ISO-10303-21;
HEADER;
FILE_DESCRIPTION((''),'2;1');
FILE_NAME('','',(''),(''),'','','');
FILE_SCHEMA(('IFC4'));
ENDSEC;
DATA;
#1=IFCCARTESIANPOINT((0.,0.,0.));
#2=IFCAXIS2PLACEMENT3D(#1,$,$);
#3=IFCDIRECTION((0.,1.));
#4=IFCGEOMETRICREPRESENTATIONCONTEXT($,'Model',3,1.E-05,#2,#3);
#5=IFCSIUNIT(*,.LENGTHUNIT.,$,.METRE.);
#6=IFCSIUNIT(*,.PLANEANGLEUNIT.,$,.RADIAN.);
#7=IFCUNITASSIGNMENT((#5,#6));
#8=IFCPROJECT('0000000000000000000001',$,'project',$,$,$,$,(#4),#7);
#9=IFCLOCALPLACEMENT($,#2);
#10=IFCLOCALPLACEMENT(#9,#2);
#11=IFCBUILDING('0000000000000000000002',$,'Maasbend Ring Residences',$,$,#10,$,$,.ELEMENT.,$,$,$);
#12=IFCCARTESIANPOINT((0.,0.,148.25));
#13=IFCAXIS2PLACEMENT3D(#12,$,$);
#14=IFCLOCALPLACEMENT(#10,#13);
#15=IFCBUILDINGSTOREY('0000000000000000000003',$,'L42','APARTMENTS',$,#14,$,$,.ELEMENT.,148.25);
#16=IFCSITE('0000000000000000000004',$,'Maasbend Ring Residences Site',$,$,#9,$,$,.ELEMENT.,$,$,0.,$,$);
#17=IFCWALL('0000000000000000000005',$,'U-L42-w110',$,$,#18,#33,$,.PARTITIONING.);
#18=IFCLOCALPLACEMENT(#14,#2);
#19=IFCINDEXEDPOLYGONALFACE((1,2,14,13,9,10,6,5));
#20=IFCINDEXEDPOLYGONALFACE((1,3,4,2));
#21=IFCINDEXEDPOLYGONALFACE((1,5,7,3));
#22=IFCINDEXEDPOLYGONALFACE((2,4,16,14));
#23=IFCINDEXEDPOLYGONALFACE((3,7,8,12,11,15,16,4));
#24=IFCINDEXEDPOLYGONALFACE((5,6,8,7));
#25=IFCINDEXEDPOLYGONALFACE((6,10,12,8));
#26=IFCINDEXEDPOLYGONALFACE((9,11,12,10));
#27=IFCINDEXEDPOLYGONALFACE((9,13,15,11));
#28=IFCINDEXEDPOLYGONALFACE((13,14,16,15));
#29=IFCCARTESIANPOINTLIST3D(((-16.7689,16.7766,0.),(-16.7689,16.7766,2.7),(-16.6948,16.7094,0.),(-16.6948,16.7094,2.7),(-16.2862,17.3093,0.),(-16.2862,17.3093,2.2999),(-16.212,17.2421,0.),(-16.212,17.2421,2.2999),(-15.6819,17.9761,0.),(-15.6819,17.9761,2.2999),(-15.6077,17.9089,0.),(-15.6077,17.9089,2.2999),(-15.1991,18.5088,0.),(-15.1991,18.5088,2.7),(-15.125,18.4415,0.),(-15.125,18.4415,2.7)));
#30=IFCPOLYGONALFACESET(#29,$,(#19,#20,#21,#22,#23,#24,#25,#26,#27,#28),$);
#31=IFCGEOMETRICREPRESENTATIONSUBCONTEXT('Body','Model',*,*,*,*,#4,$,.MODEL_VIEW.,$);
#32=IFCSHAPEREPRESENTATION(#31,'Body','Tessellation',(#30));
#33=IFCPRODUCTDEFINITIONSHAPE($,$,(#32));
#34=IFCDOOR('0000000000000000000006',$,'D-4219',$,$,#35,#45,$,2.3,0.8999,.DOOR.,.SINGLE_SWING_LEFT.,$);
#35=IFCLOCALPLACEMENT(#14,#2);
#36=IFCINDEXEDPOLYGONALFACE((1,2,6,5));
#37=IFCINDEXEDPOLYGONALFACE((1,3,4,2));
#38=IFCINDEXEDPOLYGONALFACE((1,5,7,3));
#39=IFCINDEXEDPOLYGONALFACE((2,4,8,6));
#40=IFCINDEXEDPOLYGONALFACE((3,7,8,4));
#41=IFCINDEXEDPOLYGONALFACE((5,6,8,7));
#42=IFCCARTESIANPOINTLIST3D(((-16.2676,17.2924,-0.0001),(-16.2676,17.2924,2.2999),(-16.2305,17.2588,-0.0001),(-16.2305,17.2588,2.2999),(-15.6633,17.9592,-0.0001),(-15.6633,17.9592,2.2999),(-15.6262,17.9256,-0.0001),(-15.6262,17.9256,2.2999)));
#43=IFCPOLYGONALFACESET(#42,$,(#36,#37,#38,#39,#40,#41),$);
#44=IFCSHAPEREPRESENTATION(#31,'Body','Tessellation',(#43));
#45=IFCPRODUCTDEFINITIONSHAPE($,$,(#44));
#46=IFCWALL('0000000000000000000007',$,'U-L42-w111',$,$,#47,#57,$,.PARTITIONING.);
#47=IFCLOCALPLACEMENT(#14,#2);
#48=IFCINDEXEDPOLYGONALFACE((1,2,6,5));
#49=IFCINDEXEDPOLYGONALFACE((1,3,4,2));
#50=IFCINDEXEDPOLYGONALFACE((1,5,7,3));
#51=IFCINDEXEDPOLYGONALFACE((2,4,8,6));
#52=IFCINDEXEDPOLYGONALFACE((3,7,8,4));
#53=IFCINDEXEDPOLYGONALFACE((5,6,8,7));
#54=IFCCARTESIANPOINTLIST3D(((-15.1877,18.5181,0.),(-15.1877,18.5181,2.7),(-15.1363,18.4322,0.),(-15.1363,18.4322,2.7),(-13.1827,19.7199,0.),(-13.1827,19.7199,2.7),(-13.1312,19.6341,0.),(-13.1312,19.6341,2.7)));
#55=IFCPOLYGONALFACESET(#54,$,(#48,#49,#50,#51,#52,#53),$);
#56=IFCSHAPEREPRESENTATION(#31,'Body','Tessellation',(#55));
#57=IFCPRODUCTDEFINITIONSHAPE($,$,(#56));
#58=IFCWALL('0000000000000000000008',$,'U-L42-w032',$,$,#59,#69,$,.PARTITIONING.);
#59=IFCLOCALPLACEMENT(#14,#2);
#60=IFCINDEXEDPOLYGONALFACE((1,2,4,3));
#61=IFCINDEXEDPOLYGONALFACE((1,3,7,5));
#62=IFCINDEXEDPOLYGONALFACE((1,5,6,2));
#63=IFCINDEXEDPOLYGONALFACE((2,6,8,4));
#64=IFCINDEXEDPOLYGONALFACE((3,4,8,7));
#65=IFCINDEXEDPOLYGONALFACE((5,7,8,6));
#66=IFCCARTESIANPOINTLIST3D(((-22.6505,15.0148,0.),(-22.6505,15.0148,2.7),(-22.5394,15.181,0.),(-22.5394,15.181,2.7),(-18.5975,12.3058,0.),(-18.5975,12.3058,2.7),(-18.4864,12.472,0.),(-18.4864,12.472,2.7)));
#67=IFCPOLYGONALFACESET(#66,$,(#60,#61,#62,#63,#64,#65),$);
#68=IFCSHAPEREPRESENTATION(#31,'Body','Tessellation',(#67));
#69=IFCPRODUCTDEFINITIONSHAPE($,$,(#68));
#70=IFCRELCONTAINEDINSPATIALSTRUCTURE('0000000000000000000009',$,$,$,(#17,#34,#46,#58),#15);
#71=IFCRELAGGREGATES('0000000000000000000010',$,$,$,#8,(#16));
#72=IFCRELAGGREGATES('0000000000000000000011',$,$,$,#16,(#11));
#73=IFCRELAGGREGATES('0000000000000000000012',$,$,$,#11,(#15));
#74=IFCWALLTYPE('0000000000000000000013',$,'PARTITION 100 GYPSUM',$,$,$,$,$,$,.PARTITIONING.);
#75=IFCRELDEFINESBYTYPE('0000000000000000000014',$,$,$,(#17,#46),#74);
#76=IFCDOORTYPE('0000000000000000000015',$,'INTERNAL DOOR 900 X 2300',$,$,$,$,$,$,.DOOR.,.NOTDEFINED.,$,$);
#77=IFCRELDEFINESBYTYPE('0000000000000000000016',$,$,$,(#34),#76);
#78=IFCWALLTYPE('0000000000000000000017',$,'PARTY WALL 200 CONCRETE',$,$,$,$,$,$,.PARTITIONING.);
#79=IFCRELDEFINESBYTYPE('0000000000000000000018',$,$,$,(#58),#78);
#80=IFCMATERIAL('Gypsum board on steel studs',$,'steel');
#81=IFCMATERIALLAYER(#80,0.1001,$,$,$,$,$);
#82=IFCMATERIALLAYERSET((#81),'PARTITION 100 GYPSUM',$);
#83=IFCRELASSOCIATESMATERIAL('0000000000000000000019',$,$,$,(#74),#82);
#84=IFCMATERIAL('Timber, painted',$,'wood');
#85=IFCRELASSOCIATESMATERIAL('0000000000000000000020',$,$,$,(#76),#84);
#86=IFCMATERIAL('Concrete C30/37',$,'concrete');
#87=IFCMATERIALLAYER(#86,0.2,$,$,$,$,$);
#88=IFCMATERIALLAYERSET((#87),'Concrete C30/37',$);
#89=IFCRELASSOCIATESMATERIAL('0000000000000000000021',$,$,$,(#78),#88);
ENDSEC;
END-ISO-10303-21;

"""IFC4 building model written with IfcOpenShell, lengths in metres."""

from ifc_helpers import new_model, si_unit, direction, frame, frame_2d, origin, place, context, subcontext, project, spatial, rectangle, extrude, material, layer, layer_set, type_object, element, fill, save


model = new_model("IFC4")

# Units and contexts
model_context = context("Model", 3, precision=1e-05, world=origin(), true_north=direction((0.0, 1.0)))
body_context = subcontext(model_context, "Body", "Model", "MODEL_VIEW")
ifc_project = project(units=[si_unit("LENGTHUNIT", "METRE"), si_unit("PLANEANGLEUNIT", "RADIAN")], contexts=[model_context])

# Site, building, storey
site_placement = place(None, origin())
site = spatial("IfcSite", under=ifc_project, at=site_placement, Name="Maasbend Ring Residences Site", CompositionType="ELEMENT", RefElevation=0.0)
building_placement = place(site_placement, origin())
building = spatial("IfcBuilding", under=site, at=building_placement, Name="Maasbend Ring Residences", CompositionType="ELEMENT")
storey_placement = place(building_placement, frame((0.0, 0.0, 148.25)))
storey = spatial("IfcBuildingStorey", under=building, at=storey_placement, Name="L42", Description="APARTMENTS", CompositionType="ELEMENT", Elevation=148.25)

# Shared definitions
ifc_material_1 = material(Name="Gypsum board on steel studs", Category="steel")
ifc_layer_1 = layer(ifc_material_1, 0.1001)
ifc_layer_set_1 = layer_set([ifc_layer_1], Name="PARTITION 100 GYPSUM")
wall_type_1 = type_object("IfcWallType", Name="PARTITION 100 GYPSUM", PredefinedType="PARTITIONING", material=ifc_layer_set_1)
ifc_material_2 = material(Name="Timber, painted", Category="wood")
door_type_1 = type_object("IfcDoorType", Name="INTERNAL DOOR 900 X 2300", OperationType="NOTDEFINED", PredefinedType="DOOR", material=ifc_material_2)

# Wall, opening, door
wall_1_placement = place(storey_placement, frame((-16.7319, 16.7429, 0.0), z_axis=(0.0, 0.0, 1.0), x_axis=(0.671528, 0.740979, 0.0)))
wall_1 = element("IfcWall", 1, at=wall_1_placement, inside=storey, type_object=wall_type_1, Name="U-L42-w110", PredefinedType="PARTITIONING", context=body_context, shape_type="SweptSolid", body=[
    extrude(rectangle(XDim=2.3376, YDim=0.1001, at=frame_2d((1.1689, 0.0))), origin(), (0.0, 0.0, 1.0), 2.7),
])
opening_1_placement = place(wall_1_placement, frame((0.719, 0.0, 0.0)))
opening_1 = element("IfcOpeningElement", 2, at=opening_1_placement, cuts=wall_1, PredefinedType="OPENING", context=body_context, shape_type="SweptSolid", body=[
    extrude(rectangle(XDim=0.8999, YDim=2.3, at=frame_2d((0.45, 1.1499))), frame((0.0, 0.0601, 0.0), z_axis=(0.0, -1.0, 0.0), x_axis=(1.0, 0.0, 0.0)), (0.0, 0.0, 1.0), 0.1201),
])
door_1_placement = place(opening_1_placement, origin())
door_1 = element("IfcDoor", 3, at=door_1_placement, inside=storey, type_object=door_type_1, Name="D-4219", OperationType="SINGLE_SWING_LEFT", OverallHeight=2.3, OverallWidth=0.8999, PredefinedType="DOOR", context=body_context, shape_type="SweptSolid", body=[
    extrude(rectangle(XDim=0.8999, YDim=2.3, at=frame_2d((0.45, 1.1499))), frame((0.0, 0.0249, 0.0), z_axis=(0.0, -1.0, 0.0), x_axis=(1.0, 0.0, 0.0)), (0.0, 0.0, 1.0), 0.05),
])
fill(opening_1, door_1)

# Walls
wall_2_placement = place(storey_placement, frame((-15.1621, 18.4751, 0.0), z_axis=(0.0, 0.0, 1.0), x_axis=(0.857714, 0.514127, 0.0)))
element("IfcWall", 4, at=wall_2_placement, inside=storey, type_object=wall_type_1, Name="U-L42-w111", PredefinedType="PARTITIONING", context=body_context, shape_type="SweptSolid", body=[
    extrude(rectangle(XDim=2.3376, YDim=0.1001, at=frame_2d((1.1689, 0.0))), origin(), (0.0, 0.0, 1.0), 2.7),
])
ifc_material_3 = material(Name="Concrete C30/37", Category="concrete")
ifc_layer_2 = layer(ifc_material_3, 0.2)
ifc_layer_set_2 = layer_set([ifc_layer_2], Name="Concrete C30/37")
wall_type_2 = type_object("IfcWallType", Name="PARTY WALL 200 CONCRETE", PredefinedType="PARTITIONING", material=ifc_layer_set_2)
wall_3_placement = place(storey_placement, frame((-22.595, 15.0979, 0.0), z_axis=(0.0, 0.0, 1.0), x_axis=(0.831387, -0.555694, 0.0)))
element("IfcWall", 5, at=wall_3_placement, inside=storey, type_object=wall_type_2, Name="U-L42-w032", PredefinedType="PARTITIONING", context=body_context, shape_type="SweptSolid", body=[
    extrude(rectangle(XDim=4.875, YDim=0.2, at=frame_2d((2.4375, 0.0))), origin(), (0.0, 0.0, 1.0), 2.7),
])

save(model, "model.ifc")
